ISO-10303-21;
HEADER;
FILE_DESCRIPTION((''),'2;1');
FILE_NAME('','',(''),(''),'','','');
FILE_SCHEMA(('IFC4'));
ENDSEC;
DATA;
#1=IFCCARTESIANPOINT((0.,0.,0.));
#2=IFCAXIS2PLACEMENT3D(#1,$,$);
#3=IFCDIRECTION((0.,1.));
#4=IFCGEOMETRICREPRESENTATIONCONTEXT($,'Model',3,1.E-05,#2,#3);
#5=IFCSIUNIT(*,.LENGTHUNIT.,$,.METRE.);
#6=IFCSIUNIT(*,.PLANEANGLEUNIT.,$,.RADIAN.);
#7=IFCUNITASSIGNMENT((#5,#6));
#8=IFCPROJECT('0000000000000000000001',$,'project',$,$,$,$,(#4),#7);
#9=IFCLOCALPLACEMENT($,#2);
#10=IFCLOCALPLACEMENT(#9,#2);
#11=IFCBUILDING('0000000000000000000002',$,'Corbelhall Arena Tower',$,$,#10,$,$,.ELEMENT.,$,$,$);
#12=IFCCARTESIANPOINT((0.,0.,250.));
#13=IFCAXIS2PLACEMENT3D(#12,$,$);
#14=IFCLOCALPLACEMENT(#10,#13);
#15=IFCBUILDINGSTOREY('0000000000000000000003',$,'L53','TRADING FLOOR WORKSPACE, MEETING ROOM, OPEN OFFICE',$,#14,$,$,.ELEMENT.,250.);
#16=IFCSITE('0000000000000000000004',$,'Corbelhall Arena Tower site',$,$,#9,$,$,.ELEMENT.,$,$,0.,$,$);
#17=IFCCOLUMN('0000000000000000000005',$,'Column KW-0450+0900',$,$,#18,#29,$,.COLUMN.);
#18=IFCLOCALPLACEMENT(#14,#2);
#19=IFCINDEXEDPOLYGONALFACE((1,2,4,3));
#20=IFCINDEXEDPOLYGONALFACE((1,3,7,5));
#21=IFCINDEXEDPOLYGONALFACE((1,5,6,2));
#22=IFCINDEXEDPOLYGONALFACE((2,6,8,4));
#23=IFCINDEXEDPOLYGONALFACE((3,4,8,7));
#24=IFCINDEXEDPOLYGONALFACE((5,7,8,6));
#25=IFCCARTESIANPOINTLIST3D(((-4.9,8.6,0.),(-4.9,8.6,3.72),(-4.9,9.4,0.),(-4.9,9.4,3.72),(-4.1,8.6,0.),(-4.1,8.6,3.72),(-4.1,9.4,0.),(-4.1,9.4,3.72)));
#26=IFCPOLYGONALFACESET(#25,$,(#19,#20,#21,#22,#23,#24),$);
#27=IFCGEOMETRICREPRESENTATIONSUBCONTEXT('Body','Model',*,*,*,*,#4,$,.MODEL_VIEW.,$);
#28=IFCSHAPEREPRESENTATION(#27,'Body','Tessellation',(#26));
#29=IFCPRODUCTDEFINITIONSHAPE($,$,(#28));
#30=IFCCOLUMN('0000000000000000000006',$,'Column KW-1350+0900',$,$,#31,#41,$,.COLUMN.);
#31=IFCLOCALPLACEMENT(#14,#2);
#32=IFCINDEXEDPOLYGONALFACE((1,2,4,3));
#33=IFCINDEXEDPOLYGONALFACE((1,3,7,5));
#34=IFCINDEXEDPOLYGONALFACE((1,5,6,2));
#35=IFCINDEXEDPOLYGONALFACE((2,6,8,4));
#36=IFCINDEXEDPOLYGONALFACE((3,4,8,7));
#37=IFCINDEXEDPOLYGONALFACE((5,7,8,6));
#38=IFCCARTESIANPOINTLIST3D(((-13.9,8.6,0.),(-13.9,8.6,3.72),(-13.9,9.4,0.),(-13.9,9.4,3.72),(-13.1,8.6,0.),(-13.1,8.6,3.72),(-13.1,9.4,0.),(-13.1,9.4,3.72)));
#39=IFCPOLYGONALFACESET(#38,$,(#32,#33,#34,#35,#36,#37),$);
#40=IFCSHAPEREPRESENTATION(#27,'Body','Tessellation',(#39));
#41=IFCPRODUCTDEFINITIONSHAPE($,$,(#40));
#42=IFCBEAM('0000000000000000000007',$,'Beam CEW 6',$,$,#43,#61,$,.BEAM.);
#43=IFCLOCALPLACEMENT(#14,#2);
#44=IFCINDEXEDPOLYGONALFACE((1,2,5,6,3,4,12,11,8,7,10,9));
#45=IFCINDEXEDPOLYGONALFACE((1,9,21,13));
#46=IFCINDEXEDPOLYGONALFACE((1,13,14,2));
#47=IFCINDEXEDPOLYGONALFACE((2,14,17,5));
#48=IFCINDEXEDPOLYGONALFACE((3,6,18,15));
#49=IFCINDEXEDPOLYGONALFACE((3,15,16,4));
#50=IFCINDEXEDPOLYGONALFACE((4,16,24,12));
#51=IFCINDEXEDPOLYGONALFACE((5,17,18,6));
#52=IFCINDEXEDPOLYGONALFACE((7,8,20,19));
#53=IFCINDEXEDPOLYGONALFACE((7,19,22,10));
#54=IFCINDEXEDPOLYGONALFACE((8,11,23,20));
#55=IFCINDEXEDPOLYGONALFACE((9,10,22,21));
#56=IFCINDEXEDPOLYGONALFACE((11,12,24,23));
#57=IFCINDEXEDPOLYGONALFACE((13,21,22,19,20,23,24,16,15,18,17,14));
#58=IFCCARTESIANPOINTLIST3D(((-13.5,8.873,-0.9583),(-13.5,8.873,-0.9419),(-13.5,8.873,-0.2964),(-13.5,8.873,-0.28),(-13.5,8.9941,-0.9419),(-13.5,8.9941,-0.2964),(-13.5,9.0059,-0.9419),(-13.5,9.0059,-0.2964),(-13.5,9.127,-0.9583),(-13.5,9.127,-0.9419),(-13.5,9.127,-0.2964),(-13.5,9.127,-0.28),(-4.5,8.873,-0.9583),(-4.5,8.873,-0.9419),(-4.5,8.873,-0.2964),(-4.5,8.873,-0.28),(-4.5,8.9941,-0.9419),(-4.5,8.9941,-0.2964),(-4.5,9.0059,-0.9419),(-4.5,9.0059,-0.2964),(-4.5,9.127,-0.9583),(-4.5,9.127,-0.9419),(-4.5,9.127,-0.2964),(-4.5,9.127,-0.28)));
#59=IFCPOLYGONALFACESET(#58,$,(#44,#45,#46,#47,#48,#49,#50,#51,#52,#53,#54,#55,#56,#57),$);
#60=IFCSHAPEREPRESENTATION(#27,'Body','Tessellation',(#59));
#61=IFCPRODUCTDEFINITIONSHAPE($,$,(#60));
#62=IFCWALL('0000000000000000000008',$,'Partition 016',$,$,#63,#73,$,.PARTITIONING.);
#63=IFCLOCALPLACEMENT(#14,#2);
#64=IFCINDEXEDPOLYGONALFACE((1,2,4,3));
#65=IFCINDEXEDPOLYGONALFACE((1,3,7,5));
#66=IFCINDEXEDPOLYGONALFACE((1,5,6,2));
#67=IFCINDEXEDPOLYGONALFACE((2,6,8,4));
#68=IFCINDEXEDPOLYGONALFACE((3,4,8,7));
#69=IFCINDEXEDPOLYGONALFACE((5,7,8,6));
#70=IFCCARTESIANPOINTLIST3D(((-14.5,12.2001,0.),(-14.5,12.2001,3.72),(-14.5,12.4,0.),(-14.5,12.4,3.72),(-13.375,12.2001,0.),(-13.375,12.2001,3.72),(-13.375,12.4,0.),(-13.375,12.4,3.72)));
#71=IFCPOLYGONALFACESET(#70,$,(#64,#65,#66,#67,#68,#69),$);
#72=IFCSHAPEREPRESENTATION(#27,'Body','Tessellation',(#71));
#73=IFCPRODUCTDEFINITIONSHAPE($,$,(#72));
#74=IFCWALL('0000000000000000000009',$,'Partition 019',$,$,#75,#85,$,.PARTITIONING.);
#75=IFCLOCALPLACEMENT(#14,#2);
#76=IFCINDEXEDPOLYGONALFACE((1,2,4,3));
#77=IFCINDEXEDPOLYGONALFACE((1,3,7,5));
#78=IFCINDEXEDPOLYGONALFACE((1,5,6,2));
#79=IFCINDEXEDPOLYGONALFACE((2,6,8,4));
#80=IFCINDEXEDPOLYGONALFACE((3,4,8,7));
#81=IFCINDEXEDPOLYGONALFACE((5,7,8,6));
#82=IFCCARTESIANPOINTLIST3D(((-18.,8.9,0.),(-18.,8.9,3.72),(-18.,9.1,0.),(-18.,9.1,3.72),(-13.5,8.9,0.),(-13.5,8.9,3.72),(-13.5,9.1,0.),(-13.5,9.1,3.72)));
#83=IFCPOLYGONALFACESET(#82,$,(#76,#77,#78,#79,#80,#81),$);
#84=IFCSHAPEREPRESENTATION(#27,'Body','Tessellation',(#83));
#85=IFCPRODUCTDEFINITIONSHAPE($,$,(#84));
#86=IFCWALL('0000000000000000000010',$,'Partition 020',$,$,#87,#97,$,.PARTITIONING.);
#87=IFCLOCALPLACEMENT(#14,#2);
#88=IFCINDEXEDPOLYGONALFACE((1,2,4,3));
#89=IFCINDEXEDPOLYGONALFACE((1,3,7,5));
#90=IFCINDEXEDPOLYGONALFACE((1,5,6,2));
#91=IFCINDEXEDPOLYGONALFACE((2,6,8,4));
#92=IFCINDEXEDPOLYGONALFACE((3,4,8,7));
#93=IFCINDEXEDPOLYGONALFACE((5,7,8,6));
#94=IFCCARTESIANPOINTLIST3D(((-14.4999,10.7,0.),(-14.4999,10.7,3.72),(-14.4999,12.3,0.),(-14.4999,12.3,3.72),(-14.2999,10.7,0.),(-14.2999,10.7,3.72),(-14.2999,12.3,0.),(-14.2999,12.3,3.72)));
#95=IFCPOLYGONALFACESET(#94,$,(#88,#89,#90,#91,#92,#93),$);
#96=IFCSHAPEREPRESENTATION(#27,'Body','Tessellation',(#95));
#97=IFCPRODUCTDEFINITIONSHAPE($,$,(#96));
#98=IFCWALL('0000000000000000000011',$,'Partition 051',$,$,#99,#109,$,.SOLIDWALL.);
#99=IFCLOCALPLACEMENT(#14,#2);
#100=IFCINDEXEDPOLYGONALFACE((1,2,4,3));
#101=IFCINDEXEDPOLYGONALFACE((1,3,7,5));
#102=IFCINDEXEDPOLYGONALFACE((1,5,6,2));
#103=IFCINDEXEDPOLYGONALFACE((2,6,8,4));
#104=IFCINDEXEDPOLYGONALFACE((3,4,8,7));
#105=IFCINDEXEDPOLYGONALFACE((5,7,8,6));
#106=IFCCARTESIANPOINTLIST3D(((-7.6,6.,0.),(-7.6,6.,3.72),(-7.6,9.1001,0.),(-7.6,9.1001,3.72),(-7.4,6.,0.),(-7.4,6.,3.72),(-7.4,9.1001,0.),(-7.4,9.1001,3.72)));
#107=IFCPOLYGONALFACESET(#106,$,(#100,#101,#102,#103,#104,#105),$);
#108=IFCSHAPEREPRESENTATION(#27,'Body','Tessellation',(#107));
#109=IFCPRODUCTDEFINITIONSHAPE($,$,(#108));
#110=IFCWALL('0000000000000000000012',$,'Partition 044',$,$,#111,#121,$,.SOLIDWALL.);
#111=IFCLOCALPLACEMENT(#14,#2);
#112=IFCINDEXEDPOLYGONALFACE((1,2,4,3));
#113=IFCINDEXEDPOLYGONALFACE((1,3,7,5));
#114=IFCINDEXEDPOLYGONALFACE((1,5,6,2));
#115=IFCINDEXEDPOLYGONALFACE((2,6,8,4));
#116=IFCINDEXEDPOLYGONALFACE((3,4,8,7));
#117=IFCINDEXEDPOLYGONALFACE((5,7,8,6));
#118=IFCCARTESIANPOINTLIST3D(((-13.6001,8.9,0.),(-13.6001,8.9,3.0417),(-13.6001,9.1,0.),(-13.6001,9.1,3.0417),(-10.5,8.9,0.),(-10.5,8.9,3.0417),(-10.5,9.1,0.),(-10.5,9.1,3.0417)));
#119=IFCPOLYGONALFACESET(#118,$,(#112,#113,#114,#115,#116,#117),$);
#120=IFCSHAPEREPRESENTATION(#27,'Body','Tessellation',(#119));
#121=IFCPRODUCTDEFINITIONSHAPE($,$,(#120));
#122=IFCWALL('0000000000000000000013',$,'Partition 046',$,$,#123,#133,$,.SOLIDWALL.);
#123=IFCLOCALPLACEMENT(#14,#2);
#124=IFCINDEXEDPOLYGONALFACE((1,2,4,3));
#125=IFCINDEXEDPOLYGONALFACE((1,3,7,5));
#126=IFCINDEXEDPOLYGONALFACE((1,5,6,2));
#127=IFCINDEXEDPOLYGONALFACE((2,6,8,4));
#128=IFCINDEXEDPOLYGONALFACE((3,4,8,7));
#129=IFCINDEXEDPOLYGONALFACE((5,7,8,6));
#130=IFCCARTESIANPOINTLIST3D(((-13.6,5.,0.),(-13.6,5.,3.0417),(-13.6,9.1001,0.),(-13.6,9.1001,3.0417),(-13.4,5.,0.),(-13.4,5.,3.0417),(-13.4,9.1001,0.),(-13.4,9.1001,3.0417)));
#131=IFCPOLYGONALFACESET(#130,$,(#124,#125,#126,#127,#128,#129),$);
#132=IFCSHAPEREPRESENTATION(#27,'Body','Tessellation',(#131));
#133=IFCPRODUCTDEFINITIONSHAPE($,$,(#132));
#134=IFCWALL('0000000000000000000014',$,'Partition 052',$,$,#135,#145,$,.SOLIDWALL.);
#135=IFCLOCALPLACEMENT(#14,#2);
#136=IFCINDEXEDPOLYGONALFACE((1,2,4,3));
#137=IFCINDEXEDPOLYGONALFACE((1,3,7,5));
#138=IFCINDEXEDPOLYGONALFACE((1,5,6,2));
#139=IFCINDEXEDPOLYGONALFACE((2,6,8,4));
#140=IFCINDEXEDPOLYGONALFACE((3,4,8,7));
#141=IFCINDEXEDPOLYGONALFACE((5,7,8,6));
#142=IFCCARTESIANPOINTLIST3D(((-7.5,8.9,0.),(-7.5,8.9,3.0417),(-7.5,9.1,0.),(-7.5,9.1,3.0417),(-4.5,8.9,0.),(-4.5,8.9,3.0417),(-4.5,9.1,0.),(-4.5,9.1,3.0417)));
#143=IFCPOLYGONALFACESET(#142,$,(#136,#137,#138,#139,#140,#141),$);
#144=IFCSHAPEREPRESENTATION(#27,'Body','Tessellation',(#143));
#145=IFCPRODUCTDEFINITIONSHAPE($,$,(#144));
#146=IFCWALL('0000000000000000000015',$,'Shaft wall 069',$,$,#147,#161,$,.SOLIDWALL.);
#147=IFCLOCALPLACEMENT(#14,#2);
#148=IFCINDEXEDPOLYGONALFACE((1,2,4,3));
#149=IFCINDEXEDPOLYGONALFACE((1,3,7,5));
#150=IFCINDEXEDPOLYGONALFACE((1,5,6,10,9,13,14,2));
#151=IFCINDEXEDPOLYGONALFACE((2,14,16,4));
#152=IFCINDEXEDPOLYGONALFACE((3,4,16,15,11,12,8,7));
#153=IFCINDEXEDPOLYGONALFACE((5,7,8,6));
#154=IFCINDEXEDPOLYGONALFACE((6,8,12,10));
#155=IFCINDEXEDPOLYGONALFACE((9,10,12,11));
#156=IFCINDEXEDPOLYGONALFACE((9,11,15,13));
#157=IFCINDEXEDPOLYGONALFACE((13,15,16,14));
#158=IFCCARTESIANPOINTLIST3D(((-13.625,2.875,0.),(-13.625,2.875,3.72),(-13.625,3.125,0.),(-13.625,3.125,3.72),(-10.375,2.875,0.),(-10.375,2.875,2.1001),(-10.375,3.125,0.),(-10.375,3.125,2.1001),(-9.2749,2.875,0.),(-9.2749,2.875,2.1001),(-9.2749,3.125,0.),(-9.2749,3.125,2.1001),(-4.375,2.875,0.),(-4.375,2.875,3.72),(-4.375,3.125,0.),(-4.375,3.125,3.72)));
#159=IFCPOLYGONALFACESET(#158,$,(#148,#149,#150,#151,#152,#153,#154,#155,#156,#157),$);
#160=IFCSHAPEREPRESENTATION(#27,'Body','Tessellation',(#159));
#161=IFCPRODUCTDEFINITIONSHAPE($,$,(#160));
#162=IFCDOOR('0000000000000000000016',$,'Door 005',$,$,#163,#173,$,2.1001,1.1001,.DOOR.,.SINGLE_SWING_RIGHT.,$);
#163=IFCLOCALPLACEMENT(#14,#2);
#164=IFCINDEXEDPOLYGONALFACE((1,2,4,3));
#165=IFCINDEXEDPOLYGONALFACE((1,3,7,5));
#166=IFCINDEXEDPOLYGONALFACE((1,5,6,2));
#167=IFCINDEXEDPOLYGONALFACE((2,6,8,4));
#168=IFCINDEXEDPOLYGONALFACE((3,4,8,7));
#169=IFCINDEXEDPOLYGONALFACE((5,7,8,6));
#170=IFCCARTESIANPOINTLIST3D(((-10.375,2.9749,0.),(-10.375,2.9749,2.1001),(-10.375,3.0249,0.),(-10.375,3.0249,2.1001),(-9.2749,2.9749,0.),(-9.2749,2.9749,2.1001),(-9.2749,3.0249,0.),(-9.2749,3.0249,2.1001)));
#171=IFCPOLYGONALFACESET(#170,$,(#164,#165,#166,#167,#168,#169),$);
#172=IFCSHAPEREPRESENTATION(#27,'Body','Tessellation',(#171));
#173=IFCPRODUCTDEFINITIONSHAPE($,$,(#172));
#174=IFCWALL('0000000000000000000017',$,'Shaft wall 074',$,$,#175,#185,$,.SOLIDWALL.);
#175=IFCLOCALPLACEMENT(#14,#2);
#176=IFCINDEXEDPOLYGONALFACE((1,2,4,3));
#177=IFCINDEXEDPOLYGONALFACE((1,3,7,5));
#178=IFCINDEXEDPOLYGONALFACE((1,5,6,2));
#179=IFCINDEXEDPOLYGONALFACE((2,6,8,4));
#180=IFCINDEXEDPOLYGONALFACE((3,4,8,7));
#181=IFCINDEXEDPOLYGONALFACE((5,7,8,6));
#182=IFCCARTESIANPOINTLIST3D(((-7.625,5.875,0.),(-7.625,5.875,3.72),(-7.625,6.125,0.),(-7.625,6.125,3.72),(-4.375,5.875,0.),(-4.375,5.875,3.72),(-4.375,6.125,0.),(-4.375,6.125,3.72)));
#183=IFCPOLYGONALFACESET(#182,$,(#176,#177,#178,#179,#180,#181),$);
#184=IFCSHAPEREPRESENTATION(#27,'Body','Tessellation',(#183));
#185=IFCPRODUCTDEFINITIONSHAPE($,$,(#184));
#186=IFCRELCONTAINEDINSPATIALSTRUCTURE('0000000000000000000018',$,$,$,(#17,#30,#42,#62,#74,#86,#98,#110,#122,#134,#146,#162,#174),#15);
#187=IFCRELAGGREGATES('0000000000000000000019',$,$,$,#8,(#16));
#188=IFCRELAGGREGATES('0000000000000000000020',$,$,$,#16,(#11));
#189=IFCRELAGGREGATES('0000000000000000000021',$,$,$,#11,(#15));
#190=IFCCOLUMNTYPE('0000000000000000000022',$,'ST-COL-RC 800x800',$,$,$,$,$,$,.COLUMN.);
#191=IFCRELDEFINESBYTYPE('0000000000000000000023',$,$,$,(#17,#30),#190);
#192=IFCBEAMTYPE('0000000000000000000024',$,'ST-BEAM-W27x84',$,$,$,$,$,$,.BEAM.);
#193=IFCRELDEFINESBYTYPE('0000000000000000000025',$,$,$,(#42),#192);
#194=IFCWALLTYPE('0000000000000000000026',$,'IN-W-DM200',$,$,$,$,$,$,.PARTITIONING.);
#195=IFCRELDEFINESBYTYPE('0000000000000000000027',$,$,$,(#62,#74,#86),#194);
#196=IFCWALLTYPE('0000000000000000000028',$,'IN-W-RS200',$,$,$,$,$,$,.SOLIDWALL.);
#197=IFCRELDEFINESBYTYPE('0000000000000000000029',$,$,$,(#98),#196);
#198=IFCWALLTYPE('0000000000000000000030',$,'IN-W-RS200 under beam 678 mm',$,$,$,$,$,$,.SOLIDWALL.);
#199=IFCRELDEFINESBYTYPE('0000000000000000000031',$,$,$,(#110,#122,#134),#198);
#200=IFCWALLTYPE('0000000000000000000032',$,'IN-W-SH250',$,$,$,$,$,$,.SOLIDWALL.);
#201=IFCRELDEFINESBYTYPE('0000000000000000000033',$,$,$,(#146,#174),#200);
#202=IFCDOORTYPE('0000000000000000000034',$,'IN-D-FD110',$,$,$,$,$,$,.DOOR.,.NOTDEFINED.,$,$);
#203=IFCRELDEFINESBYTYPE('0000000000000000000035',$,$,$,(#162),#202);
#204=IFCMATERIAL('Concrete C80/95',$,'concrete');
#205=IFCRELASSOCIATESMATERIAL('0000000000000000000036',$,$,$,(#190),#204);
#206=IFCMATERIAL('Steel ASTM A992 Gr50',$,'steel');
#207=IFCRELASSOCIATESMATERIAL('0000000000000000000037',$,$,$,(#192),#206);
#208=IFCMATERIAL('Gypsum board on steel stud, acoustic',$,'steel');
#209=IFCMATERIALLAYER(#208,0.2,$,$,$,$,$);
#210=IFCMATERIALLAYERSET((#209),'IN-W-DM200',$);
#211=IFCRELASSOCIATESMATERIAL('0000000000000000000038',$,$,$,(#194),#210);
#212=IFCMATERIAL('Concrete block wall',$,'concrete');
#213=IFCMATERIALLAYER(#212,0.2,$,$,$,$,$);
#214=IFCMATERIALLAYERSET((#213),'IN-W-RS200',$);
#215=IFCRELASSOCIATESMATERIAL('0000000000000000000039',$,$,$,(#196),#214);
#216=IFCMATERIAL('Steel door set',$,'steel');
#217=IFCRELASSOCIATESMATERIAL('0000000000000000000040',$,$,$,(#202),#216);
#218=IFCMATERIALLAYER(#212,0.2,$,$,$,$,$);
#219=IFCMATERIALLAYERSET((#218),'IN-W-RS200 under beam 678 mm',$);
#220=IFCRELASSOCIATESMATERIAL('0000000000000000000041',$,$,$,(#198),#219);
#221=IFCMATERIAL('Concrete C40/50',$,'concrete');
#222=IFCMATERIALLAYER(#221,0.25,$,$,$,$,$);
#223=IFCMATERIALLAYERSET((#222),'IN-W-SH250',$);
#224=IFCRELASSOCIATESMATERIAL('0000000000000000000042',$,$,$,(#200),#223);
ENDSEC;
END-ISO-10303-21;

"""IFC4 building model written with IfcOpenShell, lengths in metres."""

from ifc_helpers import new_model, si_unit, direction, frame, frame_2d, origin, origin_2d, place, context, subcontext, project, spatial, rectangle, i_section, extrude, material, layer, layer_set, material_profile, profile_set, type_object, element, fill, save


model = new_model("IFC4")

# Units and contexts
model_context = context("Model", 3, precision=1e-05, world=origin(), true_north=direction((0.0, 1.0)))
body_context = subcontext(model_context, "Body", "Model", "MODEL_VIEW")
ifc_project = project(units=[si_unit("LENGTHUNIT", "METRE"), si_unit("PLANEANGLEUNIT", "RADIAN")], contexts=[model_context])

# Site, building, storey
site_placement = place(None, origin())
site = spatial("IfcSite", under=ifc_project, at=site_placement, Name="Corbelhall Arena Tower site", CompositionType="ELEMENT", RefElevation=0.0)
building_placement = place(site_placement, origin())
building = spatial("IfcBuilding", under=site, at=building_placement, Name="Corbelhall Arena Tower", CompositionType="ELEMENT")
storey_placement = place(building_placement, frame((0.0, 0.0, 250.0)))
storey = spatial("IfcBuildingStorey", under=building, at=storey_placement, Name="L53", Description="TRADING FLOOR WORKSPACE, MEETING ROOM, OPEN OFFICE", CompositionType="ELEMENT", Elevation=250.0)

# Columns
ifc_material_1 = material(Name="Concrete C80/95", Category="concrete")
ifc_material_profile_1 = material_profile(ifc_material_1, rectangle(XDim=0.8, YDim=0.8, at=origin_2d()))
ifc_profile_set_1 = profile_set([ifc_material_profile_1], Name="Concrete C80/95")
column_type = type_object("IfcColumnType", Name="ST-COL-RC 800x800", PredefinedType="COLUMN", material=ifc_profile_set_1)
for number, where, z_axis, x_axis, name in (
    (1, (-4.5, 9.0, 0.0), (0.0, 0.0, 1.0), (1.0, 0.0, 0.0), "Column KW-0450+0900"),
    (2, (-13.5, 9.0, 0.0), (0.0, 0.0, 1.0), (1.0, 0.0, 0.0), "Column KW-1350+0900"),
):
    element("IfcColumn", number, at=place(storey_placement, frame(where, z_axis=z_axis, x_axis=x_axis)), inside=storey, type_object=column_type, Name=name, PredefinedType="COLUMN", context=body_context, shape_type="SweptSolid", body=[
        extrude(rectangle(XDim=0.8, YDim=0.8, at=origin_2d()), origin(), (0.0, 0.0, 1.0), 3.72),
    ])

# Beam
ifc_material_2 = material(Name="Steel ASTM A992 Gr50", Category="steel")
ifc_material_profile_2 = material_profile(ifc_material_2, i_section(OverallWidth=0.2539, OverallDepth=0.6782, WebThickness=0.0117, FlangeThickness=0.0164, at=origin_2d()))
ifc_profile_set_2 = profile_set([ifc_material_profile_2], Name="Steel ASTM A992 Gr50")
beam_type = type_object("IfcBeamType", Name="ST-BEAM-W27x84", PredefinedType="BEAM", material=ifc_profile_set_2)
beam_placement = place(storey_placement, frame((-13.5, 9.0, -0.6191), z_axis=(1.0, 0.0, 0.0), x_axis=(0.0, 1.0, 0.0)))
element("IfcBeam", 3, at=beam_placement, inside=storey, type_object=beam_type, Name="Beam CEW 6", PredefinedType="BEAM", context=body_context, shape_type="SweptSolid", body=[
    extrude(i_section(OverallWidth=0.2539, OverallDepth=0.6782, WebThickness=0.0117, FlangeThickness=0.0164, at=origin_2d()), origin(), (0.0, 0.0, 1.0), 9.0),
])

# Walls
ifc_material_3 = material(Name="Gypsum board on steel stud, acoustic", Category="steel")
ifc_layer_1 = layer(ifc_material_3, 0.2)
ifc_layer_set_1 = layer_set([ifc_layer_1], Name="IN-W-DM200")
wall_type_1 = type_object("IfcWallType", Name="IN-W-DM200", PredefinedType="PARTITIONING", material=ifc_layer_set_1)
wall_1_placement = place(storey_placement, frame((-14.5, 12.3, 0.0), z_axis=(0.0, 0.0, 1.0), x_axis=(1.0, 0.0, 0.0)))
element("IfcWall", 4, at=wall_1_placement, inside=storey, type_object=wall_type_1, Name="Partition 016", PredefinedType="PARTITIONING", context=body_context, shape_type="SweptSolid", body=[
    extrude(rectangle(XDim=1.125, YDim=0.2, at=frame_2d((0.5625, 0.0))), origin(), (0.0, 0.0, 1.0), 3.72),
])
wall_2_placement = place(storey_placement, frame((-13.5, 9.0, 0.0), z_axis=(0.0, 0.0, 1.0), x_axis=(-1.0, 0.0, 0.0)))
element("IfcWall", 5, at=wall_2_placement, inside=storey, type_object=wall_type_1, Name="Partition 019", PredefinedType="PARTITIONING", context=body_context, shape_type="SweptSolid", body=[
    extrude(rectangle(XDim=4.5, YDim=0.2, at=frame_2d((2.25, 0.0))), origin(), (0.0, 0.0, 1.0), 3.72),
])
wall_3_placement = place(storey_placement, frame((-14.3999, 10.7, 0.0), z_axis=(0.0, 0.0, 1.0), x_axis=(0.0, 1.0, 0.0)))
element("IfcWall", 6, at=wall_3_placement, inside=storey, type_object=wall_type_1, Name="Partition 020", PredefinedType="PARTITIONING", context=body_context, shape_type="SweptSolid", body=[
    extrude(rectangle(XDim=1.6001, YDim=0.2, at=frame_2d((0.8, 0.0))), origin(), (0.0, 0.0, 1.0), 3.72),
])

# Shared definitions
ifc_material_4 = material(Name="Concrete block wall", Category="concrete")
ifc_layer_2 = layer(ifc_material_4, 0.2)
ifc_layer_set_2 = layer_set([ifc_layer_2], Name="IN-W-RS200")
wall_type_2 = type_object("IfcWallType", Name="IN-W-RS200", PredefinedType="SOLIDWALL", material=ifc_layer_set_2)
ifc_material_5 = material(Name="Steel door set", Category="steel")
door_type_1 = type_object("IfcDoorType", Name="IN-D-FD110", OperationType="NOTDEFINED", PredefinedType="DOOR", material=ifc_material_5)

# Walls
wall_4_placement = place(storey_placement, frame((-7.5, 6.0, 0.0), z_axis=(0.0, 0.0, 1.0), x_axis=(0.0, 1.0, 0.0)))
element("IfcWall", 7, at=wall_4_placement, inside=storey, type_object=wall_type_2, Name="Partition 051", PredefinedType="SOLIDWALL", context=body_context, shape_type="SweptSolid", body=[
    extrude(rectangle(XDim=3.1001, YDim=0.2, at=frame_2d((1.55, 0.0))), origin(), (0.0, 0.0, 1.0), 3.72),
])
ifc_layer_3 = layer(ifc_material_4, 0.2)
ifc_layer_set_3 = layer_set([ifc_layer_3], Name="IN-W-RS200 under beam 678 mm")
wall_type_3 = type_object("IfcWallType", Name="IN-W-RS200 under beam 678 mm", PredefinedType="SOLIDWALL", material=ifc_layer_set_3)
wall_5_placement = place(storey_placement, frame((-13.6001, 9.0, 0.0), z_axis=(0.0, 0.0, 1.0), x_axis=(1.0, 0.0, 0.0)))
element("IfcWall", 8, at=wall_5_placement, inside=storey, type_object=wall_type_3, Name="Partition 044", PredefinedType="SOLIDWALL", context=body_context, shape_type="SweptSolid", body=[
    extrude(rectangle(XDim=3.1001, YDim=0.2, at=frame_2d((1.55, 0.0))), origin(), (0.0, 0.0, 1.0), 3.0417),
])
wall_6_placement = place(storey_placement, frame((-13.5, 5.0, 0.0), z_axis=(0.0, 0.0, 1.0), x_axis=(0.0, 1.0, 0.0)))
element("IfcWall", 9, at=wall_6_placement, inside=storey, type_object=wall_type_3, Name="Partition 046", PredefinedType="SOLIDWALL", context=body_context, shape_type="SweptSolid", body=[
    extrude(rectangle(XDim=4.1001, YDim=0.2, at=frame_2d((2.05, 0.0))), origin(), (0.0, 0.0, 1.0), 3.0417),
])
wall_7_placement = place(storey_placement, frame((-7.5, 9.0, 0.0), z_axis=(0.0, 0.0, 1.0), x_axis=(1.0, 0.0, 0.0)))
element("IfcWall", 10, at=wall_7_placement, inside=storey, type_object=wall_type_3, Name="Partition 052", PredefinedType="SOLIDWALL", context=body_context, shape_type="SweptSolid", body=[
    extrude(rectangle(XDim=3.0, YDim=0.2, at=frame_2d((1.5, 0.0))), origin(), (0.0, 0.0, 1.0), 3.0417),
])

# Wall, opening, door
ifc_material_6 = material(Name="Concrete C40/50", Category="concrete")
ifc_layer_4 = layer(ifc_material_6, 0.25)
ifc_layer_set_4 = layer_set([ifc_layer_4], Name="IN-W-SH250")
wall_type_4 = type_object("IfcWallType", Name="IN-W-SH250", PredefinedType="SOLIDWALL", material=ifc_layer_set_4)
wall_8_placement = place(storey_placement, frame((-13.625, 3.0, 0.0), z_axis=(0.0, 0.0, 1.0), x_axis=(1.0, 0.0, 0.0)))
wall_8 = element("IfcWall", 11, at=wall_8_placement, inside=storey, type_object=wall_type_4, Name="Shaft wall 069", PredefinedType="SOLIDWALL", context=body_context, shape_type="SweptSolid", body=[
    extrude(rectangle(XDim=9.25, YDim=0.25, at=frame_2d((4.625, 0.0))), origin(), (0.0, 0.0, 1.0), 3.72),
])
opening_1_placement = place(wall_8_placement, frame((3.25, 0.0, 0.0)))
opening_1 = element("IfcOpeningElement", 12, at=opening_1_placement, cuts=wall_8, PredefinedType="OPENING", context=body_context, shape_type="SweptSolid", body=[
    extrude(rectangle(XDim=1.1001, YDim=2.1001, at=frame_2d((0.55, 1.05))), frame((0.0, 0.125, 0.0), z_axis=(0.0, -1.0, 0.0), x_axis=(1.0, 0.0, 0.0)), (0.0, 0.0, 1.0), 0.25),
])
door_1_placement = place(opening_1_placement, origin())
door_1 = element("IfcDoor", 13, at=door_1_placement, inside=storey, type_object=door_type_1, Name="Door 005", OperationType="SINGLE_SWING_RIGHT", OverallHeight=2.1001, OverallWidth=1.1001, PredefinedType="DOOR", context=body_context, shape_type="SweptSolid", body=[
    extrude(rectangle(XDim=1.1001, YDim=2.1001, at=frame_2d((0.55, 1.05))), frame((0.0, 0.0249, 0.0), z_axis=(0.0, -1.0, 0.0), x_axis=(1.0, 0.0, 0.0)), (0.0, 0.0, 1.0), 0.05),
])
fill(opening_1, door_1)

# Wall
wall_9_placement = place(storey_placement, frame((-7.625, 6.0, 0.0), z_axis=(0.0, 0.0, 1.0), x_axis=(1.0, 0.0, 0.0)))
element("IfcWall", 14, at=wall_9_placement, inside=storey, type_object=wall_type_4, Name="Shaft wall 074", PredefinedType="SOLIDWALL", context=body_context, shape_type="SweptSolid", body=[
    extrude(rectangle(XDim=3.25, YDim=0.25, at=frame_2d((1.625, 0.0))), origin(), (0.0, 0.0, 1.0), 3.72),
])

save(model, "model.ifc")
